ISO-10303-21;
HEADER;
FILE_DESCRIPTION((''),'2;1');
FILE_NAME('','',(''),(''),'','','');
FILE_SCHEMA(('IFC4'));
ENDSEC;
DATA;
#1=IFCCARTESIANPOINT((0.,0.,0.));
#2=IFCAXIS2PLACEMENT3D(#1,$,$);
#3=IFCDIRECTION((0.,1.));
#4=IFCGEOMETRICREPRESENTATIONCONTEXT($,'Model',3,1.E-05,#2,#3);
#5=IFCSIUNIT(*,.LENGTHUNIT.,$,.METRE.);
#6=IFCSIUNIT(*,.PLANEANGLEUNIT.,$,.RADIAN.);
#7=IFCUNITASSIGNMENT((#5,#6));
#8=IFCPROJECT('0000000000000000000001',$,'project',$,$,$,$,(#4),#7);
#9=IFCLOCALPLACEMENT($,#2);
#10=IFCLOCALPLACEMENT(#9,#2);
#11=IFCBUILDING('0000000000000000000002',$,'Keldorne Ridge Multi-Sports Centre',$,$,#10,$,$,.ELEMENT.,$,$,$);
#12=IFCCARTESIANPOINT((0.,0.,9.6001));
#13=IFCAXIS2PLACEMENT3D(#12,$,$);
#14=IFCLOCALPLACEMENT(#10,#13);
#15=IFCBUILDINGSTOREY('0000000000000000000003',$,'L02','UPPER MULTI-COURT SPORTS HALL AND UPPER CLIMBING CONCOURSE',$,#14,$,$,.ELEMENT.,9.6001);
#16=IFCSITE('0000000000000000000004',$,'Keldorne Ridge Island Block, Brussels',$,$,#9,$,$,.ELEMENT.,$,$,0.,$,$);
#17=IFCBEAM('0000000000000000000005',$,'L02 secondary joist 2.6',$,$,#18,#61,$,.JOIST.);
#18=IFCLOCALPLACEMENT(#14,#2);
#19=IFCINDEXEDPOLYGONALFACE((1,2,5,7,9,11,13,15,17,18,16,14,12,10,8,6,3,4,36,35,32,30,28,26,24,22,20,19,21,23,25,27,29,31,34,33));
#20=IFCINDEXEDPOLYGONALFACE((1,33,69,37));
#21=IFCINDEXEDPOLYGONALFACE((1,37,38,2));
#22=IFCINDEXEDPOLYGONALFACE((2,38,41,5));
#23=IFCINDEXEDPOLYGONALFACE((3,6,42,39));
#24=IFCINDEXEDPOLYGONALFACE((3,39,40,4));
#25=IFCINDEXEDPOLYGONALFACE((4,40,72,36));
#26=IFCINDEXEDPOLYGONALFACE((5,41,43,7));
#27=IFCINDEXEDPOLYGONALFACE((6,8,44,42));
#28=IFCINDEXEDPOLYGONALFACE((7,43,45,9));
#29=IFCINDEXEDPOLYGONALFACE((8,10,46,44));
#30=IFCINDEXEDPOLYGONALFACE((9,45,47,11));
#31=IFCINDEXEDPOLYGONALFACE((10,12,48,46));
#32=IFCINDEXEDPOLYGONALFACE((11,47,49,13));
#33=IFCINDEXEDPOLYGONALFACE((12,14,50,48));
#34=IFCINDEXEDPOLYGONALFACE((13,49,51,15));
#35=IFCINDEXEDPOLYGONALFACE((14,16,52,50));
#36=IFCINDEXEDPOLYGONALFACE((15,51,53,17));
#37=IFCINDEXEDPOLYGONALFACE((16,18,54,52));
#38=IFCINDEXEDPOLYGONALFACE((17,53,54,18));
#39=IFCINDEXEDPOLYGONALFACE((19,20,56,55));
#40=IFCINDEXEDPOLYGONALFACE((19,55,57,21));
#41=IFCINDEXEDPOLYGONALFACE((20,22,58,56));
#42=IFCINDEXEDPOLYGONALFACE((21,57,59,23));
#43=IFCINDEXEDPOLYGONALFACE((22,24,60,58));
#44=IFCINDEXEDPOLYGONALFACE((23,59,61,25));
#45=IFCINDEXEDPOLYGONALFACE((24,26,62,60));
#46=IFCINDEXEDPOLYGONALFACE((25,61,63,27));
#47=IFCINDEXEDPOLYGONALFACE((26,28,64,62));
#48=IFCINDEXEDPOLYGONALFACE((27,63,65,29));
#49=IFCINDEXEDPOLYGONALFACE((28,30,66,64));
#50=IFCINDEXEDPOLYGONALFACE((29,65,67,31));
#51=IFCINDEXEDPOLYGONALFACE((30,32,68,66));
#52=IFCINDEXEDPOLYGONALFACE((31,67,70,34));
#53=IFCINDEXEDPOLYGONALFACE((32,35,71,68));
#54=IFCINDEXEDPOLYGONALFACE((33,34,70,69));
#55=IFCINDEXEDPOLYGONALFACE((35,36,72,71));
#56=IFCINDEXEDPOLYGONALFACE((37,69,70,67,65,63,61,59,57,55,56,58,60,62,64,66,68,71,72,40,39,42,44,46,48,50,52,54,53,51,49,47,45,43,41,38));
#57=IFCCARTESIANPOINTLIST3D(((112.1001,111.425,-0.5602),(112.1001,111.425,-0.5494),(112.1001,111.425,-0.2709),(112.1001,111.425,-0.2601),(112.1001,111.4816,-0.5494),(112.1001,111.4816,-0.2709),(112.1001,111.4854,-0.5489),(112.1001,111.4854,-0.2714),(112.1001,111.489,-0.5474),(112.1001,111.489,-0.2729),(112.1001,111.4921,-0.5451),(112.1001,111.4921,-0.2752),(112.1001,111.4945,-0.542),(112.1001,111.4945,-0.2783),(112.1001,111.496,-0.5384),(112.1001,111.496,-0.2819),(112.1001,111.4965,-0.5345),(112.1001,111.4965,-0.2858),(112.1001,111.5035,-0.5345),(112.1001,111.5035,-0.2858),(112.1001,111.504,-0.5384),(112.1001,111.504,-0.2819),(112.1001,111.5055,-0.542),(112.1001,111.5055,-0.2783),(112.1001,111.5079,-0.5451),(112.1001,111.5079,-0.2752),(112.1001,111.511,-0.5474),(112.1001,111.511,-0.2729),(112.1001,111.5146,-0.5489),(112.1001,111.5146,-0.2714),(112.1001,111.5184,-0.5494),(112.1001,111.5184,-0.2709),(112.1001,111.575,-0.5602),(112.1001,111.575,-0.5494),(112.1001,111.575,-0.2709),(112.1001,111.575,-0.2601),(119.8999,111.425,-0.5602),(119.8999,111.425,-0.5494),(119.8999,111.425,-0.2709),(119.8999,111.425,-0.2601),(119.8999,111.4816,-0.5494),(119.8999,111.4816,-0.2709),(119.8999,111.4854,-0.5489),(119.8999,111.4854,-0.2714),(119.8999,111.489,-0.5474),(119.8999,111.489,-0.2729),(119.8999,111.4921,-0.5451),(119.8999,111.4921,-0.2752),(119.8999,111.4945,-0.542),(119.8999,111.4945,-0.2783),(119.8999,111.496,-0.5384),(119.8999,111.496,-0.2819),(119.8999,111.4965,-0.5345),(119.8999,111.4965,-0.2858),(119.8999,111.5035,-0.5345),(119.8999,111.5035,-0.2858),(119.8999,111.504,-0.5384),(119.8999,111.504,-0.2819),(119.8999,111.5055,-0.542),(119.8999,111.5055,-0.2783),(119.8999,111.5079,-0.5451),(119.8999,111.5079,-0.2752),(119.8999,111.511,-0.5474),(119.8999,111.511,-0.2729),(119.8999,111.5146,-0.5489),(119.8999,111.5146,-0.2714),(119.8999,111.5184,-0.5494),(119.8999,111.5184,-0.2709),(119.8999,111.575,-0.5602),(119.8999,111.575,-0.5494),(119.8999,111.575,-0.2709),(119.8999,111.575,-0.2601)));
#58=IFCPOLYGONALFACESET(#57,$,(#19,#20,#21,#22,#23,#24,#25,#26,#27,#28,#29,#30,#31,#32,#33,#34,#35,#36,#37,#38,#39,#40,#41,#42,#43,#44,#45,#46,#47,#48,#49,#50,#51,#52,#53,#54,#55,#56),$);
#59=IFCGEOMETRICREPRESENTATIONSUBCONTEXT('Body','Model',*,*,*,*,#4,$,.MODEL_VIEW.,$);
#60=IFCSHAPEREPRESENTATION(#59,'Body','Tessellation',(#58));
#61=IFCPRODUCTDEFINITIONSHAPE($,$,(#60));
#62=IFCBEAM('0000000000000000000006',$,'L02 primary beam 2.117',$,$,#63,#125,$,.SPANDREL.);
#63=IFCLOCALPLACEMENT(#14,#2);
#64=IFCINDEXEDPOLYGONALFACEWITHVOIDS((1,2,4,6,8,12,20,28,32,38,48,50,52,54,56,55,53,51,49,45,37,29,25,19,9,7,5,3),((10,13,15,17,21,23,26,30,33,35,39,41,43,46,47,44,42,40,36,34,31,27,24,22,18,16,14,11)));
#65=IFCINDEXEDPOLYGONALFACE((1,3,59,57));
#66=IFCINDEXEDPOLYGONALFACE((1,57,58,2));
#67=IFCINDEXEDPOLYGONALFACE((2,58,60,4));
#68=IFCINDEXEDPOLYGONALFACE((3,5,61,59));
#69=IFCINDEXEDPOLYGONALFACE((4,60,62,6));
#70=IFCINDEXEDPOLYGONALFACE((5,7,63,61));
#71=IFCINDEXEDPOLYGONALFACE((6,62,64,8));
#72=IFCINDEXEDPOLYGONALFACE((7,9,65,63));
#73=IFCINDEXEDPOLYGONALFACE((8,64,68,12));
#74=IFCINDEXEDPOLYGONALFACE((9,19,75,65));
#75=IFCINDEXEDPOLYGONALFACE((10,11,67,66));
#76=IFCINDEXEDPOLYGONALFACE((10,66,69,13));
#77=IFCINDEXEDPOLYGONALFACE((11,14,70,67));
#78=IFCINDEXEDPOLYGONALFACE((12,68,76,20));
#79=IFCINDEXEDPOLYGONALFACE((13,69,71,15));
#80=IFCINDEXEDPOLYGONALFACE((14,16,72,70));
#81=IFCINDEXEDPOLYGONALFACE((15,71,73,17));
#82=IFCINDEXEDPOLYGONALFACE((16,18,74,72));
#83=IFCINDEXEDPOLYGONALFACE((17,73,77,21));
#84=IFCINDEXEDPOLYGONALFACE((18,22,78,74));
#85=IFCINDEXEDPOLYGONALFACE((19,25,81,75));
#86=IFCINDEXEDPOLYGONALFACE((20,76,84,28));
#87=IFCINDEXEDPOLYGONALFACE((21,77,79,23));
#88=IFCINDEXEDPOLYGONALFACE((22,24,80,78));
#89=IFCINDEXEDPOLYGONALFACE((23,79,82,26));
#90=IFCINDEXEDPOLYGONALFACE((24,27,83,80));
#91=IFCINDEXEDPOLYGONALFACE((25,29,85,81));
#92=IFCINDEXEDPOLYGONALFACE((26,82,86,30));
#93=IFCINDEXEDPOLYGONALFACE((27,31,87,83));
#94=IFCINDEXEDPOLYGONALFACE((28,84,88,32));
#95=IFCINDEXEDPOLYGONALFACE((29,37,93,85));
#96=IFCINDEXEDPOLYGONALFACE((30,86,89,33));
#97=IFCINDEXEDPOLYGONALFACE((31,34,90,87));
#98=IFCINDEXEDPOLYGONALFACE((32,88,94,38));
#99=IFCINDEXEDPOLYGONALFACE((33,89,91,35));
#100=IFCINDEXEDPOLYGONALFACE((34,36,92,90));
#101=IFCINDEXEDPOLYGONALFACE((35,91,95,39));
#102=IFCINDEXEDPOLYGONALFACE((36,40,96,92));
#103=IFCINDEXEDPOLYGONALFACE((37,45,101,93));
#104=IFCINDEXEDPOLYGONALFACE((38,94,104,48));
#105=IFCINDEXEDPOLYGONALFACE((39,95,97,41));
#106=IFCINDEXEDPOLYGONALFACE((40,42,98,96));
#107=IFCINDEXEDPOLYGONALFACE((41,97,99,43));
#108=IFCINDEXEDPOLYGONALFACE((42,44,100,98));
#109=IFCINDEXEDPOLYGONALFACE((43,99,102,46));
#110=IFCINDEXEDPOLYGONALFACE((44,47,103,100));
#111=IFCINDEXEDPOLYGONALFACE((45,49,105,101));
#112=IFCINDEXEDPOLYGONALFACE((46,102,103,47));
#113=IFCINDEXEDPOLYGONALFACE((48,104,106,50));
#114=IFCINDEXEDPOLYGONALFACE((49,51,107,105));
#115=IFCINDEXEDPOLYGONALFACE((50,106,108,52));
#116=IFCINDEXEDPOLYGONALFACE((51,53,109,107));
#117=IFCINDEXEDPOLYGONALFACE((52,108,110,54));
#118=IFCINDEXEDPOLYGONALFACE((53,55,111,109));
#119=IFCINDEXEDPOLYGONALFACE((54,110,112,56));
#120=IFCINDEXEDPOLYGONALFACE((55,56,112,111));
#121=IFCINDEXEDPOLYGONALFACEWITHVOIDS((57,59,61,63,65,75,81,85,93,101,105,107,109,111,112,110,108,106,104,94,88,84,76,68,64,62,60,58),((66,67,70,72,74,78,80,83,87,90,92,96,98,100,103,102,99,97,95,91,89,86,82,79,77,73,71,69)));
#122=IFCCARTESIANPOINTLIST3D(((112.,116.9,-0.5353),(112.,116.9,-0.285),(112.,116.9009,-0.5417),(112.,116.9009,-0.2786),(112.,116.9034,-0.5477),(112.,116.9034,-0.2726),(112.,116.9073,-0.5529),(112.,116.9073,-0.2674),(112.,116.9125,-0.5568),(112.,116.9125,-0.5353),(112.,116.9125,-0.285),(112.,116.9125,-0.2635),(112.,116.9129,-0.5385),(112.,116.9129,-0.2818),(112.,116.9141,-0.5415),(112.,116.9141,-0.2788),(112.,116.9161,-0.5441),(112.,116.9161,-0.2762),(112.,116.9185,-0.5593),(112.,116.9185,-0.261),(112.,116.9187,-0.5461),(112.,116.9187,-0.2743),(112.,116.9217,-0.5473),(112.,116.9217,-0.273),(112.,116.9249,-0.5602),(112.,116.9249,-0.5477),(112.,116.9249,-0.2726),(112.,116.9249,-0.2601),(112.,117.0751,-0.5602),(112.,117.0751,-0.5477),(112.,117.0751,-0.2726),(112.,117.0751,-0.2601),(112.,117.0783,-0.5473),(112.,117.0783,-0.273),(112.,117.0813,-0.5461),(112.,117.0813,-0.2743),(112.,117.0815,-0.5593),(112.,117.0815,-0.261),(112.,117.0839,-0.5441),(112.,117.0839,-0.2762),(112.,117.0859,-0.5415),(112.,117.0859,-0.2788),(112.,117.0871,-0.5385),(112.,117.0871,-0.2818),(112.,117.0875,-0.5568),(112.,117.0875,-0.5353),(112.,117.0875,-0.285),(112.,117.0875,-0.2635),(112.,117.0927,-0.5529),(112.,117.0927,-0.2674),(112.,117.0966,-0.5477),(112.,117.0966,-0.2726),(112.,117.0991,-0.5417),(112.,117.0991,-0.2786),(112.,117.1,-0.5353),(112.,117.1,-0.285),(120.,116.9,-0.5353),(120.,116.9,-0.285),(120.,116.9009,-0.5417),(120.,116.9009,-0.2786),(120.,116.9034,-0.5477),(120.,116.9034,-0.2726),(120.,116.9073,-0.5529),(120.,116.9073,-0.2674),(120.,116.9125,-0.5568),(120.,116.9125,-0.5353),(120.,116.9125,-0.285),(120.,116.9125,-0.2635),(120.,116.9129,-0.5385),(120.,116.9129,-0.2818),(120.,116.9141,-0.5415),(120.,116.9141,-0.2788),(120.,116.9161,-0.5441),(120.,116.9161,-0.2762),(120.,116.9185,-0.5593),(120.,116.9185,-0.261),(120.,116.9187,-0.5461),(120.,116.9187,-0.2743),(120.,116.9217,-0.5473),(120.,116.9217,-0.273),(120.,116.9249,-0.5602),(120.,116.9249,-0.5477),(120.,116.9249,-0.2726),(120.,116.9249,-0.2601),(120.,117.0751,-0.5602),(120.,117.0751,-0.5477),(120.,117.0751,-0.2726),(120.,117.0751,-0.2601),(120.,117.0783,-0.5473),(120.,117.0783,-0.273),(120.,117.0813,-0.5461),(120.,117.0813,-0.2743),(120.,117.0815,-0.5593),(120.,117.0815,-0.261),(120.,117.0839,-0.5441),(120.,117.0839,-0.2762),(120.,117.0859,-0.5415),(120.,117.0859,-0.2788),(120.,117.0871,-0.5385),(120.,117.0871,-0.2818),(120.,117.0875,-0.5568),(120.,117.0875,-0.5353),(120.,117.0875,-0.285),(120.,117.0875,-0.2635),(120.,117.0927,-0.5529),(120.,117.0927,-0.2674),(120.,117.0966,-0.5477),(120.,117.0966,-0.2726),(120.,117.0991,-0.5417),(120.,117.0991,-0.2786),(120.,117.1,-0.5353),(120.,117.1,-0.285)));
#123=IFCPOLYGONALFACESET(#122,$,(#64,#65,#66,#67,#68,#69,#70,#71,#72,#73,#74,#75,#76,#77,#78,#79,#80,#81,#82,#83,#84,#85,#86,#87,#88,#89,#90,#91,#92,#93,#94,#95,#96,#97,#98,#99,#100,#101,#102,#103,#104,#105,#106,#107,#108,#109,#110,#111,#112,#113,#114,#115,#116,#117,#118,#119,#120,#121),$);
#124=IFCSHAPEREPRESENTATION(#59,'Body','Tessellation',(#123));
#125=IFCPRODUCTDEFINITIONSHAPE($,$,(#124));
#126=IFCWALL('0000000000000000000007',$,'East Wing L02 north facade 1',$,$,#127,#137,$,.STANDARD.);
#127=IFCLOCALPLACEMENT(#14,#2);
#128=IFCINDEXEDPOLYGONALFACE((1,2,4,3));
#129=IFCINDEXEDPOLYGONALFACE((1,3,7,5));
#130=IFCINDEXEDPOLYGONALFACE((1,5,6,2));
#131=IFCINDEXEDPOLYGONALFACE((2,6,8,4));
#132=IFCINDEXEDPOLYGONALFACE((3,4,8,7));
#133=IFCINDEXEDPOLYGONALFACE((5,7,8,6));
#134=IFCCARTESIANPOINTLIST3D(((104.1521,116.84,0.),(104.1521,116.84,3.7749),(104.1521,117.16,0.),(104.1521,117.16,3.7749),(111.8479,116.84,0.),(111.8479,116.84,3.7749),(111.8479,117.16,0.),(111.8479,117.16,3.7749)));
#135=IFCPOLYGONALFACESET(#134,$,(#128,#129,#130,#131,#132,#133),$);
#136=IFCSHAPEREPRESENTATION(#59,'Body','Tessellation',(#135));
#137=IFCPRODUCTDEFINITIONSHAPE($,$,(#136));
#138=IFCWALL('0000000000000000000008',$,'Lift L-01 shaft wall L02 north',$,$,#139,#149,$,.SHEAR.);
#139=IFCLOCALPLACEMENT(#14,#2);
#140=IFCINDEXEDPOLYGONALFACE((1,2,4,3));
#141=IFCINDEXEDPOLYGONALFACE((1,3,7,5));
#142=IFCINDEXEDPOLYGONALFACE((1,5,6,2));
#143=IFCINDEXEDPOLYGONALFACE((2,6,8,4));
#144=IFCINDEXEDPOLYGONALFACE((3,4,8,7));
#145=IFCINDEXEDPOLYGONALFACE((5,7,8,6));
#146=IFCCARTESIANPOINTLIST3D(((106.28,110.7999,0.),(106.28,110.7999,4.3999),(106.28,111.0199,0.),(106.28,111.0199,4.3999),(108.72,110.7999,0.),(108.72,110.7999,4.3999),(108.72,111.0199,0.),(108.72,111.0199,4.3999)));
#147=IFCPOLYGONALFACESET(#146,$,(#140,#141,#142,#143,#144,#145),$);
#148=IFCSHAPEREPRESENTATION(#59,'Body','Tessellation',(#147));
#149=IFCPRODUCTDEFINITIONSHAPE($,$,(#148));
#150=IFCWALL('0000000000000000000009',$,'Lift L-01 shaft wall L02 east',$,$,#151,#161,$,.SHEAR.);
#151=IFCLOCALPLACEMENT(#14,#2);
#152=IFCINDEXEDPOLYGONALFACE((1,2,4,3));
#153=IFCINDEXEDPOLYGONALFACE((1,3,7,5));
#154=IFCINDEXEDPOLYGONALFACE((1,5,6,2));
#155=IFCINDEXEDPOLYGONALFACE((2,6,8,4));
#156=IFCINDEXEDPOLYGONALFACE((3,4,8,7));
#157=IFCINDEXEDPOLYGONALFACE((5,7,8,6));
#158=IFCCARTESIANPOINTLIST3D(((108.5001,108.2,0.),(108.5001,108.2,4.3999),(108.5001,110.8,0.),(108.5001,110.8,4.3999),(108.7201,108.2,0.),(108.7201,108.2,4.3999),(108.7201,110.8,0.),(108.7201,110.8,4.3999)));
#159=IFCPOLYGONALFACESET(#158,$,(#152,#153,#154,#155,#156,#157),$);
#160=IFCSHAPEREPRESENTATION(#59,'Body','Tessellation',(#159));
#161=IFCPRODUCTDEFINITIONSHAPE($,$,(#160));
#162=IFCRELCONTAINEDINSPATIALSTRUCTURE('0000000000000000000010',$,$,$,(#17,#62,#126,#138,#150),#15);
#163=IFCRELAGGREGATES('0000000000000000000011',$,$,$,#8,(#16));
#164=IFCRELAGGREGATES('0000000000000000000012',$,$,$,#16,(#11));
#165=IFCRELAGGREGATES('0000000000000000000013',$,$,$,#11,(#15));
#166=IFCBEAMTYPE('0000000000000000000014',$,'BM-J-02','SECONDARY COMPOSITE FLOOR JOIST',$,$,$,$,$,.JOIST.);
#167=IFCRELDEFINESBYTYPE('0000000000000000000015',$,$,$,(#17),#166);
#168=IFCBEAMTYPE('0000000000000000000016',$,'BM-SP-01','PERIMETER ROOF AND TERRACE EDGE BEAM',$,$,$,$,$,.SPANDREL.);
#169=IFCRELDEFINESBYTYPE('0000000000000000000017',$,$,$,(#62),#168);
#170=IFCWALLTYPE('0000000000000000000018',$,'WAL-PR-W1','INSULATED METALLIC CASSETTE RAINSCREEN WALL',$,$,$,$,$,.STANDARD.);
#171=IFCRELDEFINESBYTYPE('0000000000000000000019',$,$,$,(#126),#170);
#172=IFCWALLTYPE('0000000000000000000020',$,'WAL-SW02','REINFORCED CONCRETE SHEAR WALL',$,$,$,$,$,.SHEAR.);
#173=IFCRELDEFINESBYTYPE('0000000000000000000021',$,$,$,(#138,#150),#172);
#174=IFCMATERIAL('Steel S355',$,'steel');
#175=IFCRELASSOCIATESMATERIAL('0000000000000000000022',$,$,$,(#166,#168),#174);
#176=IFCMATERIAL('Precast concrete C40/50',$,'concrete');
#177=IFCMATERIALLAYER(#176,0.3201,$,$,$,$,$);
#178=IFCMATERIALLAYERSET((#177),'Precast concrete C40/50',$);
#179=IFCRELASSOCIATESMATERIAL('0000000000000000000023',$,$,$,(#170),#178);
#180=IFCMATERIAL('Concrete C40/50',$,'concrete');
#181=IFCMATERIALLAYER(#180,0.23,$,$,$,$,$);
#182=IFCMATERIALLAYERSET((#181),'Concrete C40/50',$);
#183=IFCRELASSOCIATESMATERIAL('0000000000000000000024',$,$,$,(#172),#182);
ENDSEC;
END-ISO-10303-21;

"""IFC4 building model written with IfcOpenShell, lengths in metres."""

from ifc_helpers import new_model, si_unit, direction, frame, frame_2d, origin, origin_2d, place, context, subcontext, project, spatial, rectangle, hollow_rectangle, i_section, extrude, material, layer, layer_set, material_profile, profile_set, type_object, element, save


model = new_model("IFC4")

# Units and contexts
model_context = context("Model", 3, precision=1e-05, world=origin(), true_north=direction((0.0, 1.0)))
body_context = subcontext(model_context, "Body", "Model", "MODEL_VIEW")
ifc_project = project(units=[si_unit("LENGTHUNIT", "METRE"), si_unit("PLANEANGLEUNIT", "RADIAN")], contexts=[model_context])

# Site, building, storey
site_placement = place(None, origin())
site = spatial("IfcSite", under=ifc_project, at=site_placement, Name="Keldorne Ridge Island Block, Brussels", CompositionType="ELEMENT", RefElevation=0.0)
building_placement = place(site_placement, origin())
building = spatial("IfcBuilding", under=site, at=building_placement, Name="Keldorne Ridge Multi-Sports Centre", CompositionType="ELEMENT")
storey_placement = place(building_placement, frame((0.0, 0.0, 9.6001)))
storey = spatial("IfcBuildingStorey", under=building, at=storey_placement, Name="L02", Description="UPPER MULTI-COURT SPORTS HALL AND UPPER CLIMBING CONCOURSE", CompositionType="ELEMENT", Elevation=9.6001)

# Shared definitions
ifc_material_1 = material(Name="Steel S355", Category="steel")

# Beams
ifc_material_profile_1 = material_profile(ifc_material_1, i_section(OverallWidth=0.1499, OverallDepth=0.3, WebThickness=0.0071, FlangeThickness=0.0107, FilletRadius=0.0149, at=origin_2d()), Name="IPE 300")
ifc_profile_set_1 = profile_set([ifc_material_profile_1], Name="Steel S355")
beam_type_1 = type_object("IfcBeamType", Name="BM-J-02", Description="SECONDARY COMPOSITE FLOOR JOIST", PredefinedType="JOIST", material=ifc_profile_set_1)
beam_1_placement = place(storey_placement, frame((112.1001, 111.5, -0.4102), z_axis=(1.0, 0.0, 0.0), x_axis=(0.0, 1.0, 0.0)))
element("IfcBeam", 1, at=beam_1_placement, inside=storey, type_object=beam_type_1, Name="L02 secondary joist 2.6", PredefinedType="JOIST", context=body_context, shape_type="SweptSolid", body=[
    extrude(i_section(OverallWidth=0.1499, OverallDepth=0.3, WebThickness=0.0071, FlangeThickness=0.0107, FilletRadius=0.0149, at=origin_2d()), origin(), (0.0, 0.0, 1.0), 7.7998),
])
ifc_material_profile_2 = material_profile(ifc_material_1, hollow_rectangle(XDim=0.2, YDim=0.3, WallThickness=0.0125, InnerFilletRadius=0.0125, OuterFilletRadius=0.0249, at=origin_2d()), Name="RHS 300x200x12.5")
ifc_profile_set_2 = profile_set([ifc_material_profile_2], Name="Steel S355")
beam_type_2 = type_object("IfcBeamType", Name="BM-SP-01", Description="PERIMETER ROOF AND TERRACE EDGE BEAM", PredefinedType="SPANDREL", material=ifc_profile_set_2)
beam_2_placement = place(storey_placement, frame((112.0, 117.0, -0.4102), z_axis=(1.0, 0.0, 0.0), x_axis=(0.0, 1.0, 0.0)))
element("IfcBeam", 2, at=beam_2_placement, inside=storey, type_object=beam_type_2, Name="L02 primary beam 2.117", PredefinedType="SPANDREL", context=body_context, shape_type="SweptSolid", body=[
    extrude(hollow_rectangle(XDim=0.2, YDim=0.3, WallThickness=0.0125, InnerFilletRadius=0.0125, OuterFilletRadius=0.0249, at=origin_2d()), origin(), (0.0, 0.0, 1.0), 8.0),
])

# Walls
ifc_material_2 = material(Name="Precast concrete C40/50", Category="concrete")
ifc_layer_1 = layer(ifc_material_2, 0.3201)
ifc_layer_set_1 = layer_set([ifc_layer_1], Name="Precast concrete C40/50")
wall_type_1 = type_object("IfcWallType", Name="WAL-PR-W1", Description="INSULATED METALLIC CASSETTE RAINSCREEN WALL", PredefinedType="STANDARD", material=ifc_layer_set_1)
wall_1_placement = place(storey_placement, frame((111.8479, 117.0, 0.0), z_axis=(0.0, 0.0, 1.0), x_axis=(-1.0, 0.0, 0.0)))
element("IfcWall", 3, at=wall_1_placement, inside=storey, type_object=wall_type_1, Name="East Wing L02 north facade 1", PredefinedType="STANDARD", context=body_context, shape_type="SweptSolid", body=[
    extrude(rectangle(XDim=7.6958, YDim=0.3201, at=frame_2d((3.8479, 0.0))), origin(), (0.0, 0.0, 1.0), 3.7749),
])
ifc_material_3 = material(Name="Concrete C40/50", Category="concrete")
ifc_layer_2 = layer(ifc_material_3, 0.23)
ifc_layer_set_2 = layer_set([ifc_layer_2], Name="Concrete C40/50")
wall_type_2 = type_object("IfcWallType", Name="WAL-SW02", Description="REINFORCED CONCRETE SHEAR WALL", PredefinedType="SHEAR", material=ifc_layer_set_2)
wall_2_placement = place(storey_placement, frame((108.72, 110.9099, 0.0), z_axis=(0.0, 0.0, 1.0), x_axis=(-1.0, 0.0, 0.0)))
element("IfcWall", 4, at=wall_2_placement, inside=storey, type_object=wall_type_2, Name="Lift L-01 shaft wall L02 north", PredefinedType="SHEAR", context=body_context, shape_type="SweptSolid", body=[
    extrude(rectangle(XDim=2.4399, YDim=0.22, at=frame_2d((1.22, 0.0))), origin(), (0.0, 0.0, 1.0), 4.3999),
])
wall_3_placement = place(storey_placement, frame((108.6101, 108.2, 0.0), z_axis=(0.0, 0.0, 1.0), x_axis=(0.0, 1.0, 0.0)))
element("IfcWall", 5, at=wall_3_placement, inside=storey, type_object=wall_type_2, Name="Lift L-01 shaft wall L02 east", PredefinedType="SHEAR", context=body_context, shape_type="SweptSolid", body=[
    extrude(rectangle(XDim=2.6001, YDim=0.22, at=frame_2d((1.3, 0.0))), origin(), (0.0, 0.0, 1.0), 4.3999),
])

save(model, "model.ifc")
